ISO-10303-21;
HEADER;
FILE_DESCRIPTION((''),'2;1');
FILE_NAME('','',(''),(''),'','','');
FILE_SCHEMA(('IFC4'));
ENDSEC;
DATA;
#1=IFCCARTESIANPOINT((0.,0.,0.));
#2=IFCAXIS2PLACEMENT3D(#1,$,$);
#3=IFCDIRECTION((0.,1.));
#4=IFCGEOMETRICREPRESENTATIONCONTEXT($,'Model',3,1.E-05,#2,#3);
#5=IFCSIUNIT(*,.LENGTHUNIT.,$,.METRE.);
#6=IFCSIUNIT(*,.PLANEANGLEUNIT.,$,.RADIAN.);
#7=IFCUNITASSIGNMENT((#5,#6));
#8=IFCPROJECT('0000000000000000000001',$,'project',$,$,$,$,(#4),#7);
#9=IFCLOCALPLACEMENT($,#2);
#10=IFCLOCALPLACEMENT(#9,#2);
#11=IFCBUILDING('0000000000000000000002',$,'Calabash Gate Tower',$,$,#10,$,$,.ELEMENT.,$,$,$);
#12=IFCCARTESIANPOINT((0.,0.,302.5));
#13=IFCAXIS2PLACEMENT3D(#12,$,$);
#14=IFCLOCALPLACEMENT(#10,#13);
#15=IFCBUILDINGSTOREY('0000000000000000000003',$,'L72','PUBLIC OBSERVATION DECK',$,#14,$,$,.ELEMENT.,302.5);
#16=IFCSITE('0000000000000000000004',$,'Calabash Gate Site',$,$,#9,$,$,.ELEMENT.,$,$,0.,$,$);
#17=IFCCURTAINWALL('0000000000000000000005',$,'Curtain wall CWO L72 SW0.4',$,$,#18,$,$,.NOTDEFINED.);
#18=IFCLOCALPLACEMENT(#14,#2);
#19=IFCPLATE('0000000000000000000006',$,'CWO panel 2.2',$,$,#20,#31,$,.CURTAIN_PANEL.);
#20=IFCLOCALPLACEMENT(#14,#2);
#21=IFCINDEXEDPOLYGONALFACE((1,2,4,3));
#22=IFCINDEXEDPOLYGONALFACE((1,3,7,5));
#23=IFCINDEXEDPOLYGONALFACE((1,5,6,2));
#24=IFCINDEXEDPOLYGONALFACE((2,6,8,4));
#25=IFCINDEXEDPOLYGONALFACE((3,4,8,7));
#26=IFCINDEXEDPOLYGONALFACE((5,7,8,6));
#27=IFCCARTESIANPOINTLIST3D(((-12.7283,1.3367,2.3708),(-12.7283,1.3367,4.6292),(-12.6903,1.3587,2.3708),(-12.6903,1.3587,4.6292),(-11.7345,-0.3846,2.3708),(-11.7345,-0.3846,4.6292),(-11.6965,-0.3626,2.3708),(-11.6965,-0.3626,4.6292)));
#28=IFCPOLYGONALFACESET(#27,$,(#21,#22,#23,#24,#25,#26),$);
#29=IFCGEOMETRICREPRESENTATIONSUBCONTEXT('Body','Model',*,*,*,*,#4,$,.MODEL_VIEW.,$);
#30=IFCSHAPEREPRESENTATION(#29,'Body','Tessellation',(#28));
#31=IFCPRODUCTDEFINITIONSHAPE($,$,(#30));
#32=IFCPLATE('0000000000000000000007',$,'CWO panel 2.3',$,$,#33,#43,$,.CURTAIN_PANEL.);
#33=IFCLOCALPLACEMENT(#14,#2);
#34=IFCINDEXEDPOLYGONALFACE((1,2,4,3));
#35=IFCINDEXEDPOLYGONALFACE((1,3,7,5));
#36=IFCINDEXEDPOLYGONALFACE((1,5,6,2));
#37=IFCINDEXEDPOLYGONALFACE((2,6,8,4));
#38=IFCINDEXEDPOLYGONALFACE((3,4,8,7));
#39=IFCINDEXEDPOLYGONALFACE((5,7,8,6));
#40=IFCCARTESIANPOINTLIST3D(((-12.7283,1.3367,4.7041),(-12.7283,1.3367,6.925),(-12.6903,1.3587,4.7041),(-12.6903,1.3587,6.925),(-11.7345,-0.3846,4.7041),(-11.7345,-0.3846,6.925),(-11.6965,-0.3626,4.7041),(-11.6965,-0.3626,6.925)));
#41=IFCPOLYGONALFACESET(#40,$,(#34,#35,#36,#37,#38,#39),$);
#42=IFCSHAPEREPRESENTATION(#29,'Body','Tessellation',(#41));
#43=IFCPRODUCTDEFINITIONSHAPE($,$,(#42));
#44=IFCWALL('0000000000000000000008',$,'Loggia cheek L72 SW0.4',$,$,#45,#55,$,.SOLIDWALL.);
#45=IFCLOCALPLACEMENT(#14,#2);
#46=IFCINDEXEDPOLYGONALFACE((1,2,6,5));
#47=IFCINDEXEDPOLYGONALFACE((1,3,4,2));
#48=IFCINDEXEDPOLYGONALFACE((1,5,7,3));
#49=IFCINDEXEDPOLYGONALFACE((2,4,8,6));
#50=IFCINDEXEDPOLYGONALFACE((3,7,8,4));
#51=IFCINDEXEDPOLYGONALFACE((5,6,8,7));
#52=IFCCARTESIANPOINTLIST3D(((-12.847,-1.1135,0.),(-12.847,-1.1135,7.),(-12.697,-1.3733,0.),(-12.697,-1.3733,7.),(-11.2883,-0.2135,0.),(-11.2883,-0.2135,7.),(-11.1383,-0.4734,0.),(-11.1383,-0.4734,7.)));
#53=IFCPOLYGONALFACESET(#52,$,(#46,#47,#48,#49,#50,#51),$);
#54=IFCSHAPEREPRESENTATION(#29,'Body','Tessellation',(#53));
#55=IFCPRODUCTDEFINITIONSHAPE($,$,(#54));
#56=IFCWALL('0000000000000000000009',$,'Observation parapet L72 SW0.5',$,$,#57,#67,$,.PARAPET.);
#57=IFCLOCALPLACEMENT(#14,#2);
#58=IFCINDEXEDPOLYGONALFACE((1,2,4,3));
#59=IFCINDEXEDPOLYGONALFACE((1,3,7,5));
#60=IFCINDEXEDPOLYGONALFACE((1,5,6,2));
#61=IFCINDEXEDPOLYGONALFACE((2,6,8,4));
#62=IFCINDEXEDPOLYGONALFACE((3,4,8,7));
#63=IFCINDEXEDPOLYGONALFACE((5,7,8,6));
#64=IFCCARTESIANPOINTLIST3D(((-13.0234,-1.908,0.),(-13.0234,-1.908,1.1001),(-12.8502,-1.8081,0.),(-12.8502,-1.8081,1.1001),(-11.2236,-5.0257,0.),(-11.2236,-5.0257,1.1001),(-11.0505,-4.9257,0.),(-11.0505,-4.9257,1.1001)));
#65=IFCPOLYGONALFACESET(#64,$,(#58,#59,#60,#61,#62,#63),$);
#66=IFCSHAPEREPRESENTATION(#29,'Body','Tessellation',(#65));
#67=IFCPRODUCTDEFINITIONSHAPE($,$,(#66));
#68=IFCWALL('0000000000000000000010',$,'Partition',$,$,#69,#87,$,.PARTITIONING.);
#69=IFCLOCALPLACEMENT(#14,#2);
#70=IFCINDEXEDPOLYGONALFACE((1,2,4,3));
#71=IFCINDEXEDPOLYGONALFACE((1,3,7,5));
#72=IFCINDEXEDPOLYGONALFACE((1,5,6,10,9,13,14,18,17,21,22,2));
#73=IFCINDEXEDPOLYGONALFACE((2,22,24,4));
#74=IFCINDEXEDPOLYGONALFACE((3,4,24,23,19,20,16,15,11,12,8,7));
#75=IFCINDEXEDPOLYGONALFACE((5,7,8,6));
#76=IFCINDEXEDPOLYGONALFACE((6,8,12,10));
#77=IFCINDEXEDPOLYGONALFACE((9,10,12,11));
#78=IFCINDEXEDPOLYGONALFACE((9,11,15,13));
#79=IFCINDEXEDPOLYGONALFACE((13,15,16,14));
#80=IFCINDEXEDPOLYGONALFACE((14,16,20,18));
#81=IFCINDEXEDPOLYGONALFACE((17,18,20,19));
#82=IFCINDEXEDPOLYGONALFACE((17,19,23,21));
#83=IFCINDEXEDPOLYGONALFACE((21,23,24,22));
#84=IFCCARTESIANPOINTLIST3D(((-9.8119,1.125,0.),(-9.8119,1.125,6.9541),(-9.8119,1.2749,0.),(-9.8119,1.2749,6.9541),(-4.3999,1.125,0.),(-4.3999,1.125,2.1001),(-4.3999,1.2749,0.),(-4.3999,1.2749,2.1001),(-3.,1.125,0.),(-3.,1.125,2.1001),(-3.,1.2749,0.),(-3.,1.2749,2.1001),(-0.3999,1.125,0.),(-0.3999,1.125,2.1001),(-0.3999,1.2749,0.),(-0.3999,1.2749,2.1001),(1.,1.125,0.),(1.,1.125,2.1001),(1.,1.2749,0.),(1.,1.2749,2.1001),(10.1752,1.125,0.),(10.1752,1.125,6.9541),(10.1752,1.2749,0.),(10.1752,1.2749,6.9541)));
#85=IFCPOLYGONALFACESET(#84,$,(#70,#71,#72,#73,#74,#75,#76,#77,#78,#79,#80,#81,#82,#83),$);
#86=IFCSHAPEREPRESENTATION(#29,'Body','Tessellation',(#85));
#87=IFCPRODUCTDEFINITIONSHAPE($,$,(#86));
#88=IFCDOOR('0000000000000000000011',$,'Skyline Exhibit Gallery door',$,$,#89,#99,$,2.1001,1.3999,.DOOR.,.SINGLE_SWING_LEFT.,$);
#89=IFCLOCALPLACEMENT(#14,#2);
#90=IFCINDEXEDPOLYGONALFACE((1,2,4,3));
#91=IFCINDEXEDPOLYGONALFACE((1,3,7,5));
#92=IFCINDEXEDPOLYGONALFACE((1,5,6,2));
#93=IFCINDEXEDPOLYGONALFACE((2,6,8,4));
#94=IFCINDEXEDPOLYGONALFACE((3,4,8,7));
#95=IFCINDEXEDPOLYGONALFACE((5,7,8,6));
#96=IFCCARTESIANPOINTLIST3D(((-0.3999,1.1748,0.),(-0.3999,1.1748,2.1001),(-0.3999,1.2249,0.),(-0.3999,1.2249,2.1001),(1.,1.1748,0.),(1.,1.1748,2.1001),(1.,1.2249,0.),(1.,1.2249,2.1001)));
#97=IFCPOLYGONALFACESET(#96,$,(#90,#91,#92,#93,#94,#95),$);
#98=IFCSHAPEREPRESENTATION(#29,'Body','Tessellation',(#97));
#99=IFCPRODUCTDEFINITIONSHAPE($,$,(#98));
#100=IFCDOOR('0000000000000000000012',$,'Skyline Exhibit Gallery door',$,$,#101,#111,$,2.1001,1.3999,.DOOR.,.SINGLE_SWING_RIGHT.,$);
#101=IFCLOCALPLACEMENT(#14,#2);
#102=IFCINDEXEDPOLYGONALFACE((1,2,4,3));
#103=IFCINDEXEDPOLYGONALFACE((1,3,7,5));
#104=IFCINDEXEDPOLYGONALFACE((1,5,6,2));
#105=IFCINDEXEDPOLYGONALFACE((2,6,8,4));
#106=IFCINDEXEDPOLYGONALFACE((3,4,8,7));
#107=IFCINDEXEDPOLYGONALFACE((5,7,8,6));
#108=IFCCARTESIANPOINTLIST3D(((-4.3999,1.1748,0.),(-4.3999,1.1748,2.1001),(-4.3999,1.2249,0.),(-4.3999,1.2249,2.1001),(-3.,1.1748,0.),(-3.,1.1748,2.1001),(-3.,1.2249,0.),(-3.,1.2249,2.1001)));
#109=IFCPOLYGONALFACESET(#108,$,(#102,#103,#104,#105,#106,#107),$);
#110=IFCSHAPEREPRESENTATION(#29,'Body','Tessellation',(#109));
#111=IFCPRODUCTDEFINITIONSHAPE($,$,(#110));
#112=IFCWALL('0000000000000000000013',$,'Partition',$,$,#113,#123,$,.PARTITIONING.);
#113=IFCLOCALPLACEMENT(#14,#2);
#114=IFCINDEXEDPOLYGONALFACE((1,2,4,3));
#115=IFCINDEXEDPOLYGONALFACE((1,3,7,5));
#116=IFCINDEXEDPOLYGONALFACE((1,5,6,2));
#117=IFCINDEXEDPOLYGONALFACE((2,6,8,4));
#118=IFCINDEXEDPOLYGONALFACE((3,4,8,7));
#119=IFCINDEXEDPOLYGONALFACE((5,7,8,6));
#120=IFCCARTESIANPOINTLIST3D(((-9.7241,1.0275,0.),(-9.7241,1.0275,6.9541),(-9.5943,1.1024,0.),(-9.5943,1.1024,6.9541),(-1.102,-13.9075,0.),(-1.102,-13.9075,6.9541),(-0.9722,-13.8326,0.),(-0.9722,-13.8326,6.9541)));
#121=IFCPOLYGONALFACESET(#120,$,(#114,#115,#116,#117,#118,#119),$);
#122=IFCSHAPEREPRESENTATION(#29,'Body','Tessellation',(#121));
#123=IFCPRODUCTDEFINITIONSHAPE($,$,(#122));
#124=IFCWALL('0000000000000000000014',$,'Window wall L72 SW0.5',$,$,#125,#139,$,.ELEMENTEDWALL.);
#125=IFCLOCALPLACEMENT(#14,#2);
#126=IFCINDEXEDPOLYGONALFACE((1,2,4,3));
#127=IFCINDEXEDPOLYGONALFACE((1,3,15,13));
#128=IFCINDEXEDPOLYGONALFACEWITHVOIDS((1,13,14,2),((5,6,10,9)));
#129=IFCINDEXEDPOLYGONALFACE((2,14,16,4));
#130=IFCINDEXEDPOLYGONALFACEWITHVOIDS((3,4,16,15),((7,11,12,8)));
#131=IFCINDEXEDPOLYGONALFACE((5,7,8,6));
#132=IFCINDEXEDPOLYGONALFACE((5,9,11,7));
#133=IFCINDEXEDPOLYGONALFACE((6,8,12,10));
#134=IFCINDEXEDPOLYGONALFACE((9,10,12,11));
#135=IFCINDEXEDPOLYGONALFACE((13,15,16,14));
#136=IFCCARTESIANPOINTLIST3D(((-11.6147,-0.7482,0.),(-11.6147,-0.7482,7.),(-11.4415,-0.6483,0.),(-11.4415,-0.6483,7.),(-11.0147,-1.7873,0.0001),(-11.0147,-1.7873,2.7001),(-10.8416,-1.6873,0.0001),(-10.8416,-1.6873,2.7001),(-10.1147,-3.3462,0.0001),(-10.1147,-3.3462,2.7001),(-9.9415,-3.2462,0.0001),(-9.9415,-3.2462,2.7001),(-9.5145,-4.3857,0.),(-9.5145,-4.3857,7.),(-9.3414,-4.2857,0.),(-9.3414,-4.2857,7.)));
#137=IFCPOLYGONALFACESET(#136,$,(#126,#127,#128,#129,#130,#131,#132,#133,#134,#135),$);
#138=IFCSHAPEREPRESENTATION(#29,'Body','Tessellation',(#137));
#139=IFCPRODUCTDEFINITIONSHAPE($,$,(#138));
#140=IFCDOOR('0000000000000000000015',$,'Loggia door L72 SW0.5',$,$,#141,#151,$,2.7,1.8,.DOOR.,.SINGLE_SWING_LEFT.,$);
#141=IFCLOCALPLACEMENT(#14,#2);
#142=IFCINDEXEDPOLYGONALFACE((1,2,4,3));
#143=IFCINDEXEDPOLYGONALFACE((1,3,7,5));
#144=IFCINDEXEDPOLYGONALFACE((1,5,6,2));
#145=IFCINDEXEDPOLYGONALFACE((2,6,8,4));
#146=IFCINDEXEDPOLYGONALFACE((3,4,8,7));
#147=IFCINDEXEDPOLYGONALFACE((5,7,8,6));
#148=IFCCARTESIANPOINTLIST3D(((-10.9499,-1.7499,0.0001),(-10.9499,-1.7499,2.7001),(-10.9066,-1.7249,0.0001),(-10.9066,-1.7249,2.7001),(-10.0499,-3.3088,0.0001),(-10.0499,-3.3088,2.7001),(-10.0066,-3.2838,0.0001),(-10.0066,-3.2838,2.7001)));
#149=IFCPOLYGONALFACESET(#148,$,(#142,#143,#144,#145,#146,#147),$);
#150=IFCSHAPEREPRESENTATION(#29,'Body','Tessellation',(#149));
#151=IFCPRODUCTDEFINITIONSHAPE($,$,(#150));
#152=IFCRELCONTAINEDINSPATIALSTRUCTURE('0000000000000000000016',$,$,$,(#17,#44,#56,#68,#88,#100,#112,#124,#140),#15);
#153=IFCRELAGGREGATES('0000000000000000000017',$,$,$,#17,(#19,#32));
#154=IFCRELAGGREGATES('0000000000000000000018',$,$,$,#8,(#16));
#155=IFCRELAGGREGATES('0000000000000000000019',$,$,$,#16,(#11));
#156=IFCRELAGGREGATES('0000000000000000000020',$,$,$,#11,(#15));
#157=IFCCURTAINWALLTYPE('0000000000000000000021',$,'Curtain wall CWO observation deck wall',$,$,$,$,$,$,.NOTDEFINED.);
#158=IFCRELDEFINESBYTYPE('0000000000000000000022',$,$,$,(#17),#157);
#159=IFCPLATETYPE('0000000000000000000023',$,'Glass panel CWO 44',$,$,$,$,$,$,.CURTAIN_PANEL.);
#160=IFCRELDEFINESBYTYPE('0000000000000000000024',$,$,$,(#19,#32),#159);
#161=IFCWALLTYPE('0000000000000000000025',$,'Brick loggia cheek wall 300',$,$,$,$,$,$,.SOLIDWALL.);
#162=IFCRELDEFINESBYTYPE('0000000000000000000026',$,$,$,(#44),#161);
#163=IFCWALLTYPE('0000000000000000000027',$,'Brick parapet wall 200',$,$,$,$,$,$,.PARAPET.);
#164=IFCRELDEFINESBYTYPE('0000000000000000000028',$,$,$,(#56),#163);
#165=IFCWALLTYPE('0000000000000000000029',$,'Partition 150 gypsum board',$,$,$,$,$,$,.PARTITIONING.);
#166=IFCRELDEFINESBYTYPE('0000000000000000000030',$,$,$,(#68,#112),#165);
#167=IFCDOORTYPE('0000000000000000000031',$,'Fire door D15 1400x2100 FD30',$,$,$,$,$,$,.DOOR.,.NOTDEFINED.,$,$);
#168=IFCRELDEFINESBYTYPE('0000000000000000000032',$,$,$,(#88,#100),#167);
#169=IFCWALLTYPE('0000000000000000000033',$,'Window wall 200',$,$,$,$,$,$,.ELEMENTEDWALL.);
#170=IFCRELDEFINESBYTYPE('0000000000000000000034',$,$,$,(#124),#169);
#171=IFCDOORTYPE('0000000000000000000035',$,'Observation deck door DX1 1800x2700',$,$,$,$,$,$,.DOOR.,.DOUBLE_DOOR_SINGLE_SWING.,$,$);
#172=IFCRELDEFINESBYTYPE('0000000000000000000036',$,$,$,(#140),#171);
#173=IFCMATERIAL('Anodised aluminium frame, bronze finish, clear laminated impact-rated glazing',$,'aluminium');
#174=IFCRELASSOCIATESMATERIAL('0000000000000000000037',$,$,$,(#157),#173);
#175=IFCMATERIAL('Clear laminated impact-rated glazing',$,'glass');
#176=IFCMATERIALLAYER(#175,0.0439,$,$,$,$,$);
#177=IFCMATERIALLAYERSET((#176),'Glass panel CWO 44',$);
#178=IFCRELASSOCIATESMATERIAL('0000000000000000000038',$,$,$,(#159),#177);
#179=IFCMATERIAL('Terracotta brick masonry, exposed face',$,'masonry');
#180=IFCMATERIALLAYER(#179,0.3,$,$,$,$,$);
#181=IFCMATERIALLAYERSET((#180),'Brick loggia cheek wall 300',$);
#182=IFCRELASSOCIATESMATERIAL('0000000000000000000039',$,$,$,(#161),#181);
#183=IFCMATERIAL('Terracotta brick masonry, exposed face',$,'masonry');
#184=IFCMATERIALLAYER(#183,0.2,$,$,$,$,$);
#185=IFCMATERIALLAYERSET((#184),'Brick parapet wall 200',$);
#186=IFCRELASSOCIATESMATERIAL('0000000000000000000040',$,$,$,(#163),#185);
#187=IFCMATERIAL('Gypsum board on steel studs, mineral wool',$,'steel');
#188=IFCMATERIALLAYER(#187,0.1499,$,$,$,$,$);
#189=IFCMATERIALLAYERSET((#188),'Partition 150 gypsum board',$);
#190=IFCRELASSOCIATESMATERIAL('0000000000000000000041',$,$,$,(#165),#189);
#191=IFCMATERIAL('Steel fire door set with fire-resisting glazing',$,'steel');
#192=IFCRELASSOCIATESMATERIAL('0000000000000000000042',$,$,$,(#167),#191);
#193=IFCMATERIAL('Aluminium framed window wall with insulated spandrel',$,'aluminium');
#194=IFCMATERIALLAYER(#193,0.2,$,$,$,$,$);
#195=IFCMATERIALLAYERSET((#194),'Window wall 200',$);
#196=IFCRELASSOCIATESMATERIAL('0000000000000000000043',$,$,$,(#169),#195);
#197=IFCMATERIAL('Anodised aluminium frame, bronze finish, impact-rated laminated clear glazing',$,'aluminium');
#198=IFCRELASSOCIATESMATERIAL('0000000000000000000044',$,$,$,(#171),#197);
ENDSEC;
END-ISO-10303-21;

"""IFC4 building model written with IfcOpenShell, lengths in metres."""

from ifc_helpers import new_model, si_unit, direction, frame, frame_2d, origin, origin_2d, place, context, subcontext, project, spatial, rectangle, extrude, material, layer, layer_set, type_object, element, fill, aggregate, save


model = new_model("IFC4")

# Units and contexts
model_context = context("Model", 3, precision=1e-05, world=origin(), true_north=direction((0.0, 1.0)))
body_context = subcontext(model_context, "Body", "Model", "MODEL_VIEW")
ifc_project = project(units=[si_unit("LENGTHUNIT", "METRE"), si_unit("PLANEANGLEUNIT", "RADIAN")], contexts=[model_context])

# Site, building, storey
site_placement = place(None, origin())
site = spatial("IfcSite", under=ifc_project, at=site_placement, Name="Calabash Gate Site", CompositionType="ELEMENT", RefElevation=0.0)
building_placement = place(site_placement, origin())
building = spatial("IfcBuilding", under=site, at=building_placement, Name="Calabash Gate Tower", CompositionType="ELEMENT")
storey_placement = place(building_placement, frame((0.0, 0.0, 302.5)))
storey = spatial("IfcBuildingStorey", under=building, at=storey_placement, Name="L72", Description="PUBLIC OBSERVATION DECK", CompositionType="ELEMENT", Elevation=302.5)

# Curtain wall
ifc_material_1 = material(Name="Anodised aluminium frame, bronze finish, clear laminated impact-rated glazing", Category="aluminium")
curtain_wall_type = type_object("IfcCurtainWallType", Name="Curtain wall CWO observation deck wall", PredefinedType="NOTDEFINED", material=ifc_material_1)
curtain_wall_1_placement = place(storey_placement, origin())
curtain_wall_1 = element("IfcCurtainWall", 1, at=curtain_wall_1_placement, inside=storey, type_object=curtain_wall_type, Name="Curtain wall CWO L72 SW0.4", PredefinedType="NOTDEFINED")

# Plates
ifc_material_2 = material(Name="Clear laminated impact-rated glazing", Category="glass")
ifc_layer_1 = layer(ifc_material_2, 0.0439)
ifc_layer_set_1 = layer_set([ifc_layer_1], Name="Glass panel CWO 44")
plate_type = type_object("IfcPlateType", Name="Glass panel CWO 44", PredefinedType="CURTAIN_PANEL", material=ifc_layer_set_1)
plate_1_placement = place(storey_placement, frame((-12.2124, 0.4871, 2.3708), z_axis=(0.0, 0.0, 1.0), x_axis=(0.5, -0.866025, 0.0)))
plate_1 = element("IfcPlate", 2, at=plate_1_placement, type_object=plate_type, Name="CWO panel 2.2", PredefinedType="CURTAIN_PANEL", context=body_context, shape_type="SweptSolid", body=[
    extrude(rectangle(XDim=1.9875, YDim=0.0439, at=origin_2d()), origin(), (0.0, 0.0, 1.0), 2.2583),
])
plate_2_placement = place(storey_placement, frame((-12.2124, 0.4871, 4.7041), z_axis=(0.0, 0.0, 1.0), x_axis=(0.5, -0.866025, 0.0)))
plate_2 = element("IfcPlate", 3, at=plate_2_placement, type_object=plate_type, Name="CWO panel 2.3", PredefinedType="CURTAIN_PANEL", context=body_context, shape_type="SweptSolid", body=[
    extrude(rectangle(XDim=1.9875, YDim=0.0439, at=origin_2d()), origin(), (0.0, 0.0, 1.0), 2.2209),
])
aggregate(curtain_wall_1, [plate_1, plate_2])

# Walls
ifc_material_3 = material(Name="Terracotta brick masonry, exposed face", Category="masonry")
ifc_layer_2 = layer(ifc_material_3, 0.3)
ifc_layer_set_2 = layer_set([ifc_layer_2], Name="Brick loggia cheek wall 300")
wall_type_1 = type_object("IfcWallType", Name="Brick loggia cheek wall 300", PredefinedType="SOLIDWALL", material=ifc_layer_set_2)
wall_1_placement = place(storey_placement, frame((-12.772, -1.2434, 0.0), z_axis=(0.0, 0.0, 1.0), x_axis=(0.866014, 0.50002, 0.0)))
element("IfcWall", 4, at=wall_1_placement, inside=storey, type_object=wall_type_1, Name="Loggia cheek L72 SW0.4", PredefinedType="SOLIDWALL", context=body_context, shape_type="SweptSolid", body=[
    extrude(rectangle(XDim=1.7998, YDim=0.3, at=frame_2d((0.8999, 0.0))), origin(), (0.0, 0.0, 1.0), 7.0),
])
ifc_material_4 = material(Name="Terracotta brick masonry, exposed face", Category="masonry")
ifc_layer_3 = layer(ifc_material_4, 0.2)
ifc_layer_set_3 = layer_set([ifc_layer_3], Name="Brick parapet wall 200")
wall_type_2 = type_object("IfcWallType", Name="Brick parapet wall 200", PredefinedType="PARAPET", material=ifc_layer_set_3)
wall_2_placement = place(storey_placement, frame((-12.9368, -1.8582, 0.0), z_axis=(0.0, 0.0, 1.0), x_axis=(0.499961, -0.866048, 0.0)))
element("IfcWall", 5, at=wall_2_placement, inside=storey, type_object=wall_type_2, Name="Observation parapet L72 SW0.5", PredefinedType="PARAPET", context=body_context, shape_type="SweptSolid", body=[
    extrude(rectangle(XDim=3.5999, YDim=0.2, at=frame_2d((1.7998, 0.0))), origin(), (0.0, 0.0, 1.0), 1.1001),
])

# Wall, openings, doors
ifc_material_5 = material(Name="Gypsum board on steel studs, mineral wool", Category="steel")
ifc_layer_4 = layer(ifc_material_5, 0.1499)
ifc_layer_set_4 = layer_set([ifc_layer_4], Name="Partition 150 gypsum board")
wall_type_3 = type_object("IfcWallType", Name="Partition 150 gypsum board", PredefinedType="PARTITIONING", material=ifc_layer_set_4)
wall_3_placement = place(storey_placement, frame((-9.812, 1.2, 0.0), z_axis=(0.0, 0.0, 1.0), x_axis=(1.0, 0.0, 0.0)))
wall_3 = element("IfcWall", 6, at=wall_3_placement, inside=storey, type_object=wall_type_3, Name="Partition", PredefinedType="PARTITIONING", context=body_context, shape_type="SweptSolid", body=[
    extrude(rectangle(XDim=19.9871, YDim=0.1499, at=frame_2d((9.9937, 0.0))), origin(), (0.0, 0.0, 1.0), 6.9541),
])
opening_1_placement = place(wall_3_placement, frame((9.4121, 0.0, 0.0)))
opening_1 = element("IfcOpeningElement", 7, at=opening_1_placement, cuts=wall_3, PredefinedType="OPENING", context=body_context, shape_type="SweptSolid", body=[
    extrude(rectangle(XDim=1.3999, YDim=2.1001, at=frame_2d((0.7, 1.05))), frame((0.0, 0.085, 0.0), z_axis=(0.0, -1.0, 0.0), x_axis=(1.0, 0.0, 0.0)), (0.0, 0.0, 1.0), 0.1699),
])
opening_2_placement = place(wall_3_placement, frame((5.4121, 0.0, 0.0)))
opening_2 = element("IfcOpeningElement", 8, at=opening_2_placement, cuts=wall_3, PredefinedType="OPENING", context=body_context, shape_type="SweptSolid", body=[
    extrude(rectangle(XDim=1.3999, YDim=2.1001, at=frame_2d((0.7, 1.05))), frame((0.0, 0.085, 0.0), z_axis=(0.0, -1.0, 0.0), x_axis=(1.0, 0.0, 0.0)), (0.0, 0.0, 1.0), 0.1699),
])
ifc_material_6 = material(Name="Steel fire door set with fire-resisting glazing", Category="steel")
door_type_1 = type_object("IfcDoorType", Name="Fire door D15 1400x2100 FD30", OperationType="NOTDEFINED", PredefinedType="DOOR", material=ifc_material_6)
door_1_placement = place(opening_1_placement, origin())
door_1 = element("IfcDoor", 9, at=door_1_placement, inside=storey, type_object=door_type_1, Name="Skyline Exhibit Gallery door", OperationType="SINGLE_SWING_LEFT", OverallHeight=2.1001, OverallWidth=1.3999, PredefinedType="DOOR", context=body_context, shape_type="SweptSolid", body=[
    extrude(rectangle(XDim=1.3999, YDim=2.1001, at=frame_2d((0.7, 1.05))), frame((0.0, 0.0249, 0.0), z_axis=(0.0, -1.0, 0.0), x_axis=(1.0, 0.0, 0.0)), (0.0, 0.0, 1.0), 0.05),
])
fill(opening_1, door_1)
door_2_placement = place(opening_2_placement, origin())
door_2 = element("IfcDoor", 10, at=door_2_placement, inside=storey, type_object=door_type_1, Name="Skyline Exhibit Gallery door", OperationType="SINGLE_SWING_RIGHT", OverallHeight=2.1001, OverallWidth=1.3999, PredefinedType="DOOR", context=body_context, shape_type="SweptSolid", body=[
    extrude(rectangle(XDim=1.3999, YDim=2.1001, at=frame_2d((0.7, 1.05))), frame((0.0, 0.0249, 0.0), z_axis=(0.0, -1.0, 0.0), x_axis=(1.0, 0.0, 0.0)), (0.0, 0.0, 1.0), 0.05),
])
fill(opening_2, door_2)

# Wall
wall_4_placement = place(storey_placement, frame((-9.6592, 1.0649, 0.0), z_axis=(0.0, 0.0, 1.0), x_axis=(0.49997, -0.866043, 0.0)))
element("IfcWall", 11, at=wall_4_placement, inside=storey, type_object=wall_type_3, Name="Partition", PredefinedType="PARTITIONING", context=body_context, shape_type="SweptSolid", body=[
    extrude(rectangle(XDim=17.2451, YDim=0.1499, at=frame_2d((8.6226, 0.0))), origin(), (0.0, 0.0, 1.0), 6.9541),
])

# Wall, opening, door
ifc_material_7 = material(Name="Aluminium framed window wall with insulated spandrel", Category="aluminium")
ifc_layer_5 = layer(ifc_material_7, 0.2)
ifc_layer_set_5 = layer_set([ifc_layer_5], Name="Window wall 200")
wall_type_4 = type_object("IfcWallType", Name="Window wall 200", PredefinedType="ELEMENTEDWALL", material=ifc_layer_set_5)
wall_5_placement = place(storey_placement, frame((-11.5281, -0.6982, 0.0), z_axis=(0.0, 0.0, 1.0), x_axis=(0.500003, -0.866024, 0.0)))
wall_5 = element("IfcWall", 12, at=wall_5_placement, inside=storey, type_object=wall_type_4, Name="Window wall L72 SW0.5", PredefinedType="ELEMENTEDWALL", context=body_context, shape_type="SweptSolid", body=[
    extrude(rectangle(XDim=4.2002, YDim=0.2, at=frame_2d((2.1001, 0.0))), origin(), (0.0, 0.0, 1.0), 7.0),
])
opening_3_placement = place(wall_5_placement, frame((1.2, 0.0, 0.0)))
opening_3 = element("IfcOpeningElement", 13, at=opening_3_placement, cuts=wall_5, PredefinedType="OPENING", context=body_context, shape_type="SweptSolid", body=[
    extrude(rectangle(XDim=1.8, YDim=2.7, at=frame_2d((0.8999, 1.3501))), frame((0.0, 0.1099, 0.0), z_axis=(0.0, -1.0, 0.0), x_axis=(1.0, 0.0, 0.0)), (0.0, 0.0, 1.0), 0.22),
])
ifc_material_8 = material(Name="Anodised aluminium frame, bronze finish, impact-rated laminated clear glazing", Category="aluminium")
door_type_2 = type_object("IfcDoorType", Name="Observation deck door DX1 1800x2700", OperationType="DOUBLE_DOOR_SINGLE_SWING", PredefinedType="DOOR", material=ifc_material_8)
door_3_placement = place(opening_3_placement, origin())
door_3 = element("IfcDoor", 14, at=door_3_placement, inside=storey, type_object=door_type_2, Name="Loggia door L72 SW0.5", OperationType="SINGLE_SWING_LEFT", OverallHeight=2.7, OverallWidth=1.8, PredefinedType="DOOR", context=body_context, shape_type="SweptSolid", body=[
    extrude(rectangle(XDim=1.8, YDim=2.7, at=frame_2d((0.8999, 1.3501))), frame((0.0, 0.0249, 0.0), z_axis=(0.0, -1.0, 0.0), x_axis=(1.0, 0.0, 0.0)), (0.0, 0.0, 1.0), 0.05),
])
fill(opening_3, door_3)

save(model, "model.ifc")
